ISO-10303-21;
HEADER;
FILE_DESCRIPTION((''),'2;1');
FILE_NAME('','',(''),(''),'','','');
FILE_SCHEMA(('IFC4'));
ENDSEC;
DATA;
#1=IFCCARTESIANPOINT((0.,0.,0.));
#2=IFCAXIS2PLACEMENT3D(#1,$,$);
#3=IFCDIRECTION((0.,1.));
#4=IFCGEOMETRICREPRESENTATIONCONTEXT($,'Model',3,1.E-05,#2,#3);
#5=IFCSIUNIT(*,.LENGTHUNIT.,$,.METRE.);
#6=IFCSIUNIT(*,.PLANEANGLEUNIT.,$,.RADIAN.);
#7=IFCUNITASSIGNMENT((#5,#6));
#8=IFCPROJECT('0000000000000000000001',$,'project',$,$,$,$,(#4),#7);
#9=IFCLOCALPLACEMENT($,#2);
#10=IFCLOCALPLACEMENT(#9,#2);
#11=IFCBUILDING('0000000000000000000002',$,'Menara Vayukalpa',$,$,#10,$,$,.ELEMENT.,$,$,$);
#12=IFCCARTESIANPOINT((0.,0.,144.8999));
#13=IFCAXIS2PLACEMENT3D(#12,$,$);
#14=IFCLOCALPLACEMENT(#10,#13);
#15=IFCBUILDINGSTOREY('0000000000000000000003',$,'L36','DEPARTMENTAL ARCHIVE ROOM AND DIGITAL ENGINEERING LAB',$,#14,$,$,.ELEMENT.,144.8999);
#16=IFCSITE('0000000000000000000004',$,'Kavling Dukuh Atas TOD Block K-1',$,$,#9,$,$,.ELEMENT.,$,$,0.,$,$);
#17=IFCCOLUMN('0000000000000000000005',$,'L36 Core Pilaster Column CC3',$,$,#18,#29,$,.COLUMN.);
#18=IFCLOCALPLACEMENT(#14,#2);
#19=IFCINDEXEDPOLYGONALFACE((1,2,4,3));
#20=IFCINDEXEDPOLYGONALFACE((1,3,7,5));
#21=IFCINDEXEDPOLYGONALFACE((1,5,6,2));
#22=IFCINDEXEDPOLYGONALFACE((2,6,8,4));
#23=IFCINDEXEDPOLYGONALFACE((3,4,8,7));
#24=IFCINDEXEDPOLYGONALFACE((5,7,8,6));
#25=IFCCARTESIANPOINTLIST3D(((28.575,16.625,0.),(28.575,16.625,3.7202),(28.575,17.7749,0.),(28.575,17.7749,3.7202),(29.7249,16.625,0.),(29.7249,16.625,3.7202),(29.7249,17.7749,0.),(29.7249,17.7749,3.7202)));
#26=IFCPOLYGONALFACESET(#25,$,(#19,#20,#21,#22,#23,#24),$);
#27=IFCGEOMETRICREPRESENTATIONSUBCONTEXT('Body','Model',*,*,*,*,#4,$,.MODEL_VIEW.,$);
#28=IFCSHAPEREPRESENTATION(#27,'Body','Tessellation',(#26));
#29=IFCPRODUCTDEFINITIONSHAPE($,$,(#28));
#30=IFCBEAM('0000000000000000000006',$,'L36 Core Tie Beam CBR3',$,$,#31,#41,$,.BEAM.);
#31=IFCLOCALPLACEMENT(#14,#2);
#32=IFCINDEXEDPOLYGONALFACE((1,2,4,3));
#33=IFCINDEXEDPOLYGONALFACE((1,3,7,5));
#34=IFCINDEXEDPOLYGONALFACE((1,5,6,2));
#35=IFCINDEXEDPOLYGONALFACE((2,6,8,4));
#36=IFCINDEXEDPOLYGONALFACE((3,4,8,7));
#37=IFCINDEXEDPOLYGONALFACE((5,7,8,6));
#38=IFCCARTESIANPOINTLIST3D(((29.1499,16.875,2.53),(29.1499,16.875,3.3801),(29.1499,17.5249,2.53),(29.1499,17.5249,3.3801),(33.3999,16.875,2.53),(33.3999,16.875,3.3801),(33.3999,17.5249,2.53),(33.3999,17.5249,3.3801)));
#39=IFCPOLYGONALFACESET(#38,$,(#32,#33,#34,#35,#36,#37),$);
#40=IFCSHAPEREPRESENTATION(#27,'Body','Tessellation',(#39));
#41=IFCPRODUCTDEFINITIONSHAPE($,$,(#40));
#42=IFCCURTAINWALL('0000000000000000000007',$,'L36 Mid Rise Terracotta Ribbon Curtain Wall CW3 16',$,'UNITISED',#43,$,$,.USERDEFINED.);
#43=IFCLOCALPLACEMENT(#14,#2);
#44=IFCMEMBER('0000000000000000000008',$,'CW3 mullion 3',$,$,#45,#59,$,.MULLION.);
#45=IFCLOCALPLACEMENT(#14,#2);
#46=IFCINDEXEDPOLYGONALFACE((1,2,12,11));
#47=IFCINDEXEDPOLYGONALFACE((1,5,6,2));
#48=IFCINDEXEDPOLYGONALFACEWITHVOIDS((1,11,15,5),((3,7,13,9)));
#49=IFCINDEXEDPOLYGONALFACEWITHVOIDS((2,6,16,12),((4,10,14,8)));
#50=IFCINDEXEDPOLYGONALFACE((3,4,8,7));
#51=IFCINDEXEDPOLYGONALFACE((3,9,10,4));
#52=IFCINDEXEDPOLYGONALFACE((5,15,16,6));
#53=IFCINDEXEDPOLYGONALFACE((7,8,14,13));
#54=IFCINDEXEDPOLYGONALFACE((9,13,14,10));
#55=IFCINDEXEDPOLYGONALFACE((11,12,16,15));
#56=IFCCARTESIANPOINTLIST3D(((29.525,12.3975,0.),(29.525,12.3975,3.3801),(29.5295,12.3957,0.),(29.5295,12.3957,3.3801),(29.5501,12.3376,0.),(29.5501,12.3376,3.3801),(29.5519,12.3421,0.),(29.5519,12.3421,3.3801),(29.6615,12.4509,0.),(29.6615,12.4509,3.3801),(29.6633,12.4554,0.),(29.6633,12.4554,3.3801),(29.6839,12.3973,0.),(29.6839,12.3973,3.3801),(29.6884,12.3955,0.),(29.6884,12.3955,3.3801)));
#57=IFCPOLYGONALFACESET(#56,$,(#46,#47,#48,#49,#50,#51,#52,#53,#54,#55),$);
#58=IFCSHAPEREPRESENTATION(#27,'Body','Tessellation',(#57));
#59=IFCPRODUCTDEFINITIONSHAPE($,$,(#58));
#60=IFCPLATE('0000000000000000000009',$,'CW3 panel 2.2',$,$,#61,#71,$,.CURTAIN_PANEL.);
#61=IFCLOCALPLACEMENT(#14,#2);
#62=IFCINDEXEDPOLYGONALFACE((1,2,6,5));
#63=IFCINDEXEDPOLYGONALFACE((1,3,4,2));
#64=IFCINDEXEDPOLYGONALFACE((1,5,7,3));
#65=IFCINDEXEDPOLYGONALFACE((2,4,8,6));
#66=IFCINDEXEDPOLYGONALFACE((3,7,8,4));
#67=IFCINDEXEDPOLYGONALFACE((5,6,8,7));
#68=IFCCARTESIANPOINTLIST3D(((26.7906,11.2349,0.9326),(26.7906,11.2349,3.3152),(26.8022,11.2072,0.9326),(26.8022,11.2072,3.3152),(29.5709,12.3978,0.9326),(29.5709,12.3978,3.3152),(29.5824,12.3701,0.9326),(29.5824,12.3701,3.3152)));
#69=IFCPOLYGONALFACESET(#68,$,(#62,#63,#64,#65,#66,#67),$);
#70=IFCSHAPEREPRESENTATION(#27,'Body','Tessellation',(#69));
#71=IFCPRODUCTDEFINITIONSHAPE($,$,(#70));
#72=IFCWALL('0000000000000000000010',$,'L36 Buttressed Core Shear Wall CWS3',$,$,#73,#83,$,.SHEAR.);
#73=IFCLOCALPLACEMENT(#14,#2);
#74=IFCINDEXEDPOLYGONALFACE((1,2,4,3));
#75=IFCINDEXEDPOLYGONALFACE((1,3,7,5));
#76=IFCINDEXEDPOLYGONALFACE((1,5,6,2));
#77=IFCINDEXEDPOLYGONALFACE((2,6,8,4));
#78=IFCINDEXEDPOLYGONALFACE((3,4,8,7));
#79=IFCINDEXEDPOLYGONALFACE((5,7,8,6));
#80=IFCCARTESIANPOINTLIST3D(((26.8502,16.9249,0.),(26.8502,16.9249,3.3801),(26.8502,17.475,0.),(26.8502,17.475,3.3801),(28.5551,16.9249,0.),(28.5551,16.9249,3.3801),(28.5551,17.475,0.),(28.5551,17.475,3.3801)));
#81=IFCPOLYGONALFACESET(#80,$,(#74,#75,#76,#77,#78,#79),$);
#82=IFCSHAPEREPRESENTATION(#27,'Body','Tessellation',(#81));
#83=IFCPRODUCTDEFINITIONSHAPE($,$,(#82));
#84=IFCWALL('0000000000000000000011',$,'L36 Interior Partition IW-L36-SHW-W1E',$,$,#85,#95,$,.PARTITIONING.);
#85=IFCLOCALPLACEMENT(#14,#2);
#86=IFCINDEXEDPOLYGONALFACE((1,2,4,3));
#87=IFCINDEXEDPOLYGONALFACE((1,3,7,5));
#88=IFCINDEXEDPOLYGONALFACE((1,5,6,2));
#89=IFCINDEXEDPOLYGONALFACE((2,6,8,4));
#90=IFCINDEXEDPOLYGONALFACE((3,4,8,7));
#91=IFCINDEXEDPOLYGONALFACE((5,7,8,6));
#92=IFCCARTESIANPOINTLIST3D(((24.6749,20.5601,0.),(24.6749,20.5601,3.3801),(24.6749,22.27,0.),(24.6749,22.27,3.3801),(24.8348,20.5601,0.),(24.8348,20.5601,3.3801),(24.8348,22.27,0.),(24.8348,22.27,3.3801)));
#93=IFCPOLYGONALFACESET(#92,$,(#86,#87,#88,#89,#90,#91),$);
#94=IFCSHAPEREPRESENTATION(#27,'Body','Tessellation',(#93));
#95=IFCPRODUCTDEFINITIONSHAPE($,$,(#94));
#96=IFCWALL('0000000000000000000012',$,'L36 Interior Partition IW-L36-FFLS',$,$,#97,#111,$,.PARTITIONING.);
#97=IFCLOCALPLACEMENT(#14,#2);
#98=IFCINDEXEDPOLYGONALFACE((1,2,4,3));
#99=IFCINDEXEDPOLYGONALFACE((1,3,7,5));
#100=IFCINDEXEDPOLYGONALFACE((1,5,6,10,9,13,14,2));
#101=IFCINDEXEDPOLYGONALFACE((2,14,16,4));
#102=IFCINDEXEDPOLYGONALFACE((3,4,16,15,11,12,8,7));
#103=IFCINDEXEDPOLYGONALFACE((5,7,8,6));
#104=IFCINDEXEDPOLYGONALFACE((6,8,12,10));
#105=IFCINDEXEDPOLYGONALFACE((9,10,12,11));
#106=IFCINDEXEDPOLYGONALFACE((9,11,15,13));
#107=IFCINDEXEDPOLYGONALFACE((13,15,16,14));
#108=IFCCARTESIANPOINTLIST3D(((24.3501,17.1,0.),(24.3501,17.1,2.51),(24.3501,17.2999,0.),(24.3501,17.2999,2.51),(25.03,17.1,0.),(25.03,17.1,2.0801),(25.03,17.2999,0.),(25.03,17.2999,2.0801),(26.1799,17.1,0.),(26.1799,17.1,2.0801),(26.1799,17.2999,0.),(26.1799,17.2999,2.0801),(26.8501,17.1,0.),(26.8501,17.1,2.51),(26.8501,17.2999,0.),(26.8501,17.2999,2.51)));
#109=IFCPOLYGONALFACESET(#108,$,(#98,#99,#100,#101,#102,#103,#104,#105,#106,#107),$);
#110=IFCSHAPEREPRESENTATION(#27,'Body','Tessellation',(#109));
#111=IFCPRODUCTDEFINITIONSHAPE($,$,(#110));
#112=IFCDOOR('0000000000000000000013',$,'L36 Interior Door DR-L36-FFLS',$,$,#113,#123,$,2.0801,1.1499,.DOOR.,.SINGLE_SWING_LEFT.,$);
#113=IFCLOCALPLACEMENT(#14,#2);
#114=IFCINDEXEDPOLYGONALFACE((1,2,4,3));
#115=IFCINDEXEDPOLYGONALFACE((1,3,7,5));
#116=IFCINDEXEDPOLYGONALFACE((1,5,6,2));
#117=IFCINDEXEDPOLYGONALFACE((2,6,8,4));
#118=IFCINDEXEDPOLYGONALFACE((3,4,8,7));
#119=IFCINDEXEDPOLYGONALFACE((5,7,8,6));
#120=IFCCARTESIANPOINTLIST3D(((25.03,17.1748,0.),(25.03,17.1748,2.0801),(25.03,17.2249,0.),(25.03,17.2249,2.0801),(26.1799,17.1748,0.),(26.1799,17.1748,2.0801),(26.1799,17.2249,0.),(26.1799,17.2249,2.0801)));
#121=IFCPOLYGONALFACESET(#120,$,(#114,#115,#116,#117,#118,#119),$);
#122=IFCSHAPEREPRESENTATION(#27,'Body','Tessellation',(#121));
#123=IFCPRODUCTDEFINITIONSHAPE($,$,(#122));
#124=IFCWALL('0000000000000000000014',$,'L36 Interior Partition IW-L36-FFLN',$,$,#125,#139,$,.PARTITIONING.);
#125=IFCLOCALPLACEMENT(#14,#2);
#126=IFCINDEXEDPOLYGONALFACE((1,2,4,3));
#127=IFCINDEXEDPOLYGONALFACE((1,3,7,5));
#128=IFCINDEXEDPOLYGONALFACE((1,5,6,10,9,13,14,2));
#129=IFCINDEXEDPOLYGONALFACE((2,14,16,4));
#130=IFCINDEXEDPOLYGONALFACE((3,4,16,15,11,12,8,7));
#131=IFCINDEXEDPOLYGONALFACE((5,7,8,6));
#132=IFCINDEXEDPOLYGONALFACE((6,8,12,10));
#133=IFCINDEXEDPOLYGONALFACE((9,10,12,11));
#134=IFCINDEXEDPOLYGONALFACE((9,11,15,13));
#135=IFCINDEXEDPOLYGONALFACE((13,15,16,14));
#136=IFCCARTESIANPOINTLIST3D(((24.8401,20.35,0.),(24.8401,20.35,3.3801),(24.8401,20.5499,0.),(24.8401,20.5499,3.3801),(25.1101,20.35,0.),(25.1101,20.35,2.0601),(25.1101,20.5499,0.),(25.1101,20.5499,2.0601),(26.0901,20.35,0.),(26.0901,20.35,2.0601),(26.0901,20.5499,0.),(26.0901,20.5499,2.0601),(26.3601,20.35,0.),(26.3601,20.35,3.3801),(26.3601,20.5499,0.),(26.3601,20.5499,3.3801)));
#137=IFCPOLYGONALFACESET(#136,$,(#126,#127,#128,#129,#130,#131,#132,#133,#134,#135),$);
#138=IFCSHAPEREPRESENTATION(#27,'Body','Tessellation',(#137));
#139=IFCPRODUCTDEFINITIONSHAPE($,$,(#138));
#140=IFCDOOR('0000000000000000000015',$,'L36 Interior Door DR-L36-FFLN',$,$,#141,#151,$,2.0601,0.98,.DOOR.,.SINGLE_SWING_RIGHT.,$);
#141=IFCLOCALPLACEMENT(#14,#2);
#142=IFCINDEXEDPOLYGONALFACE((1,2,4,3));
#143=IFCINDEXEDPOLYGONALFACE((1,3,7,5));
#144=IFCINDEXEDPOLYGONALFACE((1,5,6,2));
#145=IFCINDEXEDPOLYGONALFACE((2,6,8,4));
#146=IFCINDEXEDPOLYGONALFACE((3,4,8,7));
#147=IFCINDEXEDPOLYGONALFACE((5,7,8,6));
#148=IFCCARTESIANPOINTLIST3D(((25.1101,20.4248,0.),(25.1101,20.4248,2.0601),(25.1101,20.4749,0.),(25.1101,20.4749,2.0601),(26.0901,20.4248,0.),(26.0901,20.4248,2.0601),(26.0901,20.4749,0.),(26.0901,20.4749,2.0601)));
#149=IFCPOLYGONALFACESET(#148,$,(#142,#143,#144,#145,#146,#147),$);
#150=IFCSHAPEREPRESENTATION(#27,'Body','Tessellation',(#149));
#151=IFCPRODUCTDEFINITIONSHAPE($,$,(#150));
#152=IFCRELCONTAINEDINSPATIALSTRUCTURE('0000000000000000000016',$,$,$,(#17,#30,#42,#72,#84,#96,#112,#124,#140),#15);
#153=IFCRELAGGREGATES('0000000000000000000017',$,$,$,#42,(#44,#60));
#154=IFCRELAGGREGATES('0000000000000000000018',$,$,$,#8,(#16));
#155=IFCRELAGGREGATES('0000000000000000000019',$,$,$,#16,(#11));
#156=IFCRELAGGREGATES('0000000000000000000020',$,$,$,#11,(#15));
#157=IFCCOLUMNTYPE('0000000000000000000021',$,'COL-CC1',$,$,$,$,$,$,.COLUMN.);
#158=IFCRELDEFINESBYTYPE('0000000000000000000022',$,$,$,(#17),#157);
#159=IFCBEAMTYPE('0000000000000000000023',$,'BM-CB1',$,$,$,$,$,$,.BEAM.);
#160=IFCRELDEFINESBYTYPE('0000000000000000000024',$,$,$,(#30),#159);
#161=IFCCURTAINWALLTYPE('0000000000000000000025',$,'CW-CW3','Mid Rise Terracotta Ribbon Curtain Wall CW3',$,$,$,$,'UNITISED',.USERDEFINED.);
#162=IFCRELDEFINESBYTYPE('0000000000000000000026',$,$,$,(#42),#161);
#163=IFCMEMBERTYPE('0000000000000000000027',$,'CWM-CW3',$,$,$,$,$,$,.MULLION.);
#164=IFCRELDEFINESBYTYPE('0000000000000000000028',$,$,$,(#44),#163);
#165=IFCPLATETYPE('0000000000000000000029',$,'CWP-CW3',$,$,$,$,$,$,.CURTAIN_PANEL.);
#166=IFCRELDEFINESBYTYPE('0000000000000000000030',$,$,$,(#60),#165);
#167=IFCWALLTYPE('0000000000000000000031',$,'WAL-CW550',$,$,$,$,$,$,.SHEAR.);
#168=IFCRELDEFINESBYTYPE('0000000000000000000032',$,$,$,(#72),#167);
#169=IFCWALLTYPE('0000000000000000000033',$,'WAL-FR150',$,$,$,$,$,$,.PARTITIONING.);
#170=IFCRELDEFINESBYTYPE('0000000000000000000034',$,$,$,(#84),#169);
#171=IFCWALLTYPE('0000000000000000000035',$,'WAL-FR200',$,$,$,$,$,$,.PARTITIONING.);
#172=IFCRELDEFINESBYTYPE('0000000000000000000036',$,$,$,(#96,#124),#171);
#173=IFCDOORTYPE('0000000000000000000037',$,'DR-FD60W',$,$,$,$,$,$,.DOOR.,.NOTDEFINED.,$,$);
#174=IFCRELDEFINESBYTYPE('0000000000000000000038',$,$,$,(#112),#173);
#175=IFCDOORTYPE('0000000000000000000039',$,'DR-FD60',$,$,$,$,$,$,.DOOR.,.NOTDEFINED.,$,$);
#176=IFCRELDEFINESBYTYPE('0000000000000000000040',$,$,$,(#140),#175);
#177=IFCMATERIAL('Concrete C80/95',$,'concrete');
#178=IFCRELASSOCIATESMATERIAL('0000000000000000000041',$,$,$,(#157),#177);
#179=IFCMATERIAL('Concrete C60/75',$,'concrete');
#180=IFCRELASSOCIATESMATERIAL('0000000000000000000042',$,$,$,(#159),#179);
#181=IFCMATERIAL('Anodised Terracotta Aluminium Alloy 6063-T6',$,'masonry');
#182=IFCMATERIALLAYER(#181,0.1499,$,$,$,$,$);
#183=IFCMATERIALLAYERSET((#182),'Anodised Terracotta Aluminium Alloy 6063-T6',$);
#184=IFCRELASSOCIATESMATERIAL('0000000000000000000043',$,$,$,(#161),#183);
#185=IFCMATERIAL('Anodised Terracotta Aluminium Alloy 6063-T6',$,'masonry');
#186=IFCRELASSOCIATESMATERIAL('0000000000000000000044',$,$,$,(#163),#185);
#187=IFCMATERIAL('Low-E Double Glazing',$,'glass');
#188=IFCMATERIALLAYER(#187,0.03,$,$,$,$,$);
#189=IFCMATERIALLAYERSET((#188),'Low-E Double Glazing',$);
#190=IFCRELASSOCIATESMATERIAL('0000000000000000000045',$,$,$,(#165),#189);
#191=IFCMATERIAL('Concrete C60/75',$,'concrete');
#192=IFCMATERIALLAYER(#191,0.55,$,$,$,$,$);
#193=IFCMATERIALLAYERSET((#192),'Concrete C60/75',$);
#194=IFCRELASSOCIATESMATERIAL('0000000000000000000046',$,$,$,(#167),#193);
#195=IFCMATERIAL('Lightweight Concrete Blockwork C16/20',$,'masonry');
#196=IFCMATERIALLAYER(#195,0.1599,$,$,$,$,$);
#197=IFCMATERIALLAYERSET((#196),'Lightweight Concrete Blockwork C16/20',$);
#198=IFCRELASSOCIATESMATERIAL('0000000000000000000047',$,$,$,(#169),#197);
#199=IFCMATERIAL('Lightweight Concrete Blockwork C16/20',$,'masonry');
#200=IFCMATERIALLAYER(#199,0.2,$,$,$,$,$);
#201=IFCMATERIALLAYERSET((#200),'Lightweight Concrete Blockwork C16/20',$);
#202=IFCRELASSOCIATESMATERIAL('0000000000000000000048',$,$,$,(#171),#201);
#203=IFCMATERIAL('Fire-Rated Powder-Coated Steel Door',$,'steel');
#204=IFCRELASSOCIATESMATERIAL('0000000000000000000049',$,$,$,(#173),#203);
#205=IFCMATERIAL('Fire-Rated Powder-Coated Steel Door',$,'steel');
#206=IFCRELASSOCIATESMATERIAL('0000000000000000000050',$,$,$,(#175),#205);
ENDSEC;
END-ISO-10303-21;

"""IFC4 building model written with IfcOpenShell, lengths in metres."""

from ifc_helpers import new_model, si_unit, direction, frame, frame_2d, origin, origin_2d, place, context, subcontext, project, spatial, rectangle, hollow_rectangle, extrude, material, layer, layer_set, material_profile, profile_set, type_object, element, fill, aggregate, save


model = new_model("IFC4")

# Units and contexts
model_context = context("Model", 3, precision=1e-05, world=origin(), true_north=direction((0.0, 1.0)))
body_context = subcontext(model_context, "Body", "Model", "MODEL_VIEW")
ifc_project = project(units=[si_unit("LENGTHUNIT", "METRE"), si_unit("PLANEANGLEUNIT", "RADIAN")], contexts=[model_context])

# Site, building, storey
site_placement = place(None, origin())
site = spatial("IfcSite", under=ifc_project, at=site_placement, Name="Kavling Dukuh Atas TOD Block K-1", CompositionType="ELEMENT", RefElevation=0.0)
building_placement = place(site_placement, origin())
building = spatial("IfcBuilding", under=site, at=building_placement, Name="Menara Vayukalpa", CompositionType="ELEMENT")
storey_placement = place(building_placement, frame((0.0, 0.0, 144.8999)))
storey = spatial("IfcBuildingStorey", under=building, at=storey_placement, Name="L36", Description="DEPARTMENTAL ARCHIVE ROOM AND DIGITAL ENGINEERING LAB", CompositionType="ELEMENT", Elevation=144.8999)

# Column
ifc_material_1 = material(Name="Concrete C80/95", Category="concrete")
ifc_material_profile_1 = material_profile(ifc_material_1, rectangle(XDim=1.1499, YDim=1.1499, at=origin_2d()), Name="RC 1150x1150")
ifc_profile_set_1 = profile_set([ifc_material_profile_1], Name="Concrete C80/95")
column_type = type_object("IfcColumnType", Name="COL-CC1", PredefinedType="COLUMN", material=ifc_profile_set_1)
column_placement = place(storey_placement, frame((29.1499, 17.2, 0.0), z_axis=(0.0, 0.0, 1.0), x_axis=(1.0, 0.0, 0.0)))
element("IfcColumn", 1, at=column_placement, inside=storey, type_object=column_type, Name="L36 Core Pilaster Column CC3", PredefinedType="COLUMN", context=body_context, shape_type="SweptSolid", body=[
    extrude(rectangle(XDim=1.1499, YDim=1.1499, at=origin_2d()), origin(), (0.0, 0.0, 1.0), 3.7202),
])

# Beam
ifc_material_2 = material(Name="Concrete C60/75", Category="concrete")
ifc_material_profile_2 = material_profile(ifc_material_2, rectangle(XDim=0.6499, YDim=0.8501, at=origin_2d()), Name="RC 650x850")
ifc_profile_set_2 = profile_set([ifc_material_profile_2], Name="Concrete C60/75")
beam_type = type_object("IfcBeamType", Name="BM-CB1", PredefinedType="BEAM", material=ifc_profile_set_2)
beam_placement = place(storey_placement, frame((29.1499, 17.2, 2.9551), z_axis=(1.0, 0.0, 0.0), x_axis=(0.0, 1.0, 0.0)))
element("IfcBeam", 2, at=beam_placement, inside=storey, type_object=beam_type, Name="L36 Core Tie Beam CBR3", PredefinedType="BEAM", context=body_context, shape_type="SweptSolid", body=[
    extrude(rectangle(XDim=0.6499, YDim=0.8501, at=origin_2d()), origin(), (0.0, 0.0, 1.0), 4.25),
])

# Curtain wall, member, plate
ifc_material_3 = material(Name="Anodised Terracotta Aluminium Alloy 6063-T6", Category="masonry")
ifc_layer_1 = layer(ifc_material_3, 0.1499)
ifc_layer_set_1 = layer_set([ifc_layer_1], Name="Anodised Terracotta Aluminium Alloy 6063-T6")
curtain_wall_type = type_object("IfcCurtainWallType", Name="CW-CW3", Description="Mid Rise Terracotta Ribbon Curtain Wall CW3", ElementType="UNITISED", PredefinedType="USERDEFINED", material=ifc_layer_set_1)
curtain_wall_placement = place(storey_placement, origin())
curtain_wall = element("IfcCurtainWall", 3, at=curtain_wall_placement, inside=storey, type_object=curtain_wall_type, Name="L36 Mid Rise Terracotta Ribbon Curtain Wall CW3 16", ObjectType="UNITISED", PredefinedType="USERDEFINED")
ifc_material_4 = material(Name="Anodised Terracotta Aluminium Alloy 6063-T6", Category="masonry")
ifc_material_profile_3 = material_profile(ifc_material_4, hollow_rectangle(XDim=0.0649, YDim=0.1499, WallThickness=0.0034, at=origin_2d()), Name="ALU 65x150x3.5")
ifc_profile_set_3 = profile_set([ifc_material_profile_3], Name="Anodised Terracotta Aluminium Alloy 6063-T6")
member_type = type_object("IfcMemberType", Name="CWM-CW3", PredefinedType="MULLION", material=ifc_profile_set_3)
member_placement = place(storey_placement, frame((29.6067, 12.3965, 0.0), z_axis=(0.0, 0.0, 1.0), x_axis=(-0.385886, 0.922546, 0.0)))
member = element("IfcMember", 4, at=member_placement, type_object=member_type, Name="CW3 mullion 3", PredefinedType="MULLION", context=body_context, shape_type="SweptSolid", body=[
    extrude(hollow_rectangle(XDim=0.0649, YDim=0.1499, WallThickness=0.0034, at=origin_2d()), origin(), (0.0, 0.0, 1.0), 3.3801),
])
ifc_material_5 = material(Name="Low-E Double Glazing", Category="glass")
ifc_layer_2 = layer(ifc_material_5, 0.03)
ifc_layer_set_2 = layer_set([ifc_layer_2], Name="Low-E Double Glazing")
plate_type = type_object("IfcPlateType", Name="CWP-CW3", PredefinedType="CURTAIN_PANEL", material=ifc_layer_set_2)
plate_placement = place(storey_placement, frame((28.1865, 11.8025, 0.9326), z_axis=(0.0, 0.0, 1.0), x_axis=(0.922546, 0.385886, 0.0)))
plate = element("IfcPlate", 5, at=plate_placement, type_object=plate_type, Name="CW3 panel 2.2", PredefinedType="CURTAIN_PANEL", context=body_context, shape_type="SweptSolid", body=[
    extrude(rectangle(XDim=3.0137, YDim=0.03, at=origin_2d()), origin(), (0.0, 0.0, 1.0), 2.3826),
])
aggregate(curtain_wall, [member, plate])

# Walls
ifc_material_6 = material(Name="Concrete C60/75", Category="concrete")
ifc_layer_3 = layer(ifc_material_6, 0.55)
ifc_layer_set_3 = layer_set([ifc_layer_3], Name="Concrete C60/75")
wall_type_1 = type_object("IfcWallType", Name="WAL-CW550", PredefinedType="SHEAR", material=ifc_layer_set_3)
wall_1_placement = place(storey_placement, frame((26.8501, 17.2, 0.0), z_axis=(0.0, 0.0, 1.0), x_axis=(1.0, 0.0, 0.0)))
element("IfcWall", 6, at=wall_1_placement, inside=storey, type_object=wall_type_1, Name="L36 Buttressed Core Shear Wall CWS3", PredefinedType="SHEAR", context=body_context, shape_type="SweptSolid", body=[
    extrude(rectangle(XDim=1.7048, YDim=0.55, at=frame_2d((0.8525, 0.0))), origin(), (0.0, 0.0, 1.0), 3.3801),
])
ifc_material_7 = material(Name="Lightweight Concrete Blockwork C16/20", Category="masonry")
ifc_layer_4 = layer(ifc_material_7, 0.1599)
ifc_layer_set_4 = layer_set([ifc_layer_4], Name="Lightweight Concrete Blockwork C16/20")
wall_type_2 = type_object("IfcWallType", Name="WAL-FR150", PredefinedType="PARTITIONING", material=ifc_layer_set_4)
wall_2_placement = place(storey_placement, frame((24.7549, 20.5601, 0.0), z_axis=(0.0, 0.0, 1.0), x_axis=(0.0, 1.0, 0.0)))
element("IfcWall", 7, at=wall_2_placement, inside=storey, type_object=wall_type_2, Name="L36 Interior Partition IW-L36-SHW-W1E", PredefinedType="PARTITIONING", context=body_context, shape_type="SweptSolid", body=[
    extrude(rectangle(XDim=1.71, YDim=0.1599, at=frame_2d((0.855, 0.0))), origin(), (0.0, 0.0, 1.0), 3.3801),
])

# Walls, openings, doors
ifc_material_8 = material(Name="Lightweight Concrete Blockwork C16/20", Category="masonry")
ifc_layer_5 = layer(ifc_material_8, 0.2)
ifc_layer_set_5 = layer_set([ifc_layer_5], Name="Lightweight Concrete Blockwork C16/20")
wall_type_3 = type_object("IfcWallType", Name="WAL-FR200", PredefinedType="PARTITIONING", material=ifc_layer_set_5)
wall_3_placement = place(storey_placement, frame((24.3501, 17.2, 0.0), z_axis=(0.0, 0.0, 1.0), x_axis=(1.0, 0.0, 0.0)))
wall_3 = element("IfcWall", 8, at=wall_3_placement, inside=storey, type_object=wall_type_3, Name="L36 Interior Partition IW-L36-FFLS", PredefinedType="PARTITIONING", context=body_context, shape_type="SweptSolid", body=[
    extrude(rectangle(XDim=2.5, YDim=0.2, at=frame_2d((1.25, 0.0))), origin(), (0.0, 0.0, 1.0), 2.51),
])
opening_1_placement = place(wall_3_placement, frame((0.6799, 0.0, 0.0)))
opening_1 = element("IfcOpeningElement", 9, at=opening_1_placement, cuts=wall_3, PredefinedType="OPENING", context=body_context, shape_type="SweptSolid", body=[
    extrude(rectangle(XDim=1.1499, YDim=2.0801, at=frame_2d((0.575, 1.04))), frame((0.0, 0.1099, 0.0), z_axis=(0.0, -1.0, 0.0), x_axis=(1.0, 0.0, 0.0)), (0.0, 0.0, 1.0), 0.22),
])
ifc_material_9 = material(Name="Fire-Rated Powder-Coated Steel Door", Category="steel")
door_type_1 = type_object("IfcDoorType", Name="DR-FD60W", OperationType="NOTDEFINED", PredefinedType="DOOR", material=ifc_material_9)
door_1_placement = place(opening_1_placement, origin())
door_1 = element("IfcDoor", 10, at=door_1_placement, inside=storey, type_object=door_type_1, Name="L36 Interior Door DR-L36-FFLS", OperationType="SINGLE_SWING_LEFT", OverallHeight=2.0801, OverallWidth=1.1499, PredefinedType="DOOR", context=body_context, shape_type="SweptSolid", body=[
    extrude(rectangle(XDim=1.1499, YDim=2.0801, at=frame_2d((0.575, 1.04))), frame((0.0, 0.0249, 0.0), z_axis=(0.0, -1.0, 0.0), x_axis=(1.0, 0.0, 0.0)), (0.0, 0.0, 1.0), 0.05),
])
fill(opening_1, door_1)
wall_4_placement = place(storey_placement, frame((24.8401, 20.45, 0.0), z_axis=(0.0, 0.0, 1.0), x_axis=(1.0, 0.0, 0.0)))
wall_4 = element("IfcWall", 11, at=wall_4_placement, inside=storey, type_object=wall_type_3, Name="L36 Interior Partition IW-L36-FFLN", PredefinedType="PARTITIONING", context=body_context, shape_type="SweptSolid", body=[
    extrude(rectangle(XDim=1.52, YDim=0.2, at=frame_2d((0.76, 0.0))), origin(), (0.0, 0.0, 1.0), 3.3801),
])
opening_2_placement = place(wall_4_placement, frame((0.27, 0.0, 0.0)))
opening_2 = element("IfcOpeningElement", 12, at=opening_2_placement, cuts=wall_4, PredefinedType="OPENING", context=body_context, shape_type="SweptSolid", body=[
    extrude(rectangle(XDim=0.98, YDim=2.0601, at=frame_2d((0.49, 1.03))), frame((0.0, 0.1099, 0.0), z_axis=(0.0, -1.0, 0.0), x_axis=(1.0, 0.0, 0.0)), (0.0, 0.0, 1.0), 0.22),
])
ifc_material_10 = material(Name="Fire-Rated Powder-Coated Steel Door", Category="steel")
door_type_2 = type_object("IfcDoorType", Name="DR-FD60", OperationType="NOTDEFINED", PredefinedType="DOOR", material=ifc_material_10)
door_2_placement = place(opening_2_placement, origin())
door_2 = element("IfcDoor", 13, at=door_2_placement, inside=storey, type_object=door_type_2, Name="L36 Interior Door DR-L36-FFLN", OperationType="SINGLE_SWING_RIGHT", OverallHeight=2.0601, OverallWidth=0.98, PredefinedType="DOOR", context=body_context, shape_type="SweptSolid", body=[
    extrude(rectangle(XDim=0.98, YDim=2.0601, at=frame_2d((0.49, 1.03))), frame((0.0, 0.0249, 0.0), z_axis=(0.0, -1.0, 0.0), x_axis=(1.0, 0.0, 0.0)), (0.0, 0.0, 1.0), 0.05),
])
fill(opening_2, door_2)

save(model, "model.ifc")
